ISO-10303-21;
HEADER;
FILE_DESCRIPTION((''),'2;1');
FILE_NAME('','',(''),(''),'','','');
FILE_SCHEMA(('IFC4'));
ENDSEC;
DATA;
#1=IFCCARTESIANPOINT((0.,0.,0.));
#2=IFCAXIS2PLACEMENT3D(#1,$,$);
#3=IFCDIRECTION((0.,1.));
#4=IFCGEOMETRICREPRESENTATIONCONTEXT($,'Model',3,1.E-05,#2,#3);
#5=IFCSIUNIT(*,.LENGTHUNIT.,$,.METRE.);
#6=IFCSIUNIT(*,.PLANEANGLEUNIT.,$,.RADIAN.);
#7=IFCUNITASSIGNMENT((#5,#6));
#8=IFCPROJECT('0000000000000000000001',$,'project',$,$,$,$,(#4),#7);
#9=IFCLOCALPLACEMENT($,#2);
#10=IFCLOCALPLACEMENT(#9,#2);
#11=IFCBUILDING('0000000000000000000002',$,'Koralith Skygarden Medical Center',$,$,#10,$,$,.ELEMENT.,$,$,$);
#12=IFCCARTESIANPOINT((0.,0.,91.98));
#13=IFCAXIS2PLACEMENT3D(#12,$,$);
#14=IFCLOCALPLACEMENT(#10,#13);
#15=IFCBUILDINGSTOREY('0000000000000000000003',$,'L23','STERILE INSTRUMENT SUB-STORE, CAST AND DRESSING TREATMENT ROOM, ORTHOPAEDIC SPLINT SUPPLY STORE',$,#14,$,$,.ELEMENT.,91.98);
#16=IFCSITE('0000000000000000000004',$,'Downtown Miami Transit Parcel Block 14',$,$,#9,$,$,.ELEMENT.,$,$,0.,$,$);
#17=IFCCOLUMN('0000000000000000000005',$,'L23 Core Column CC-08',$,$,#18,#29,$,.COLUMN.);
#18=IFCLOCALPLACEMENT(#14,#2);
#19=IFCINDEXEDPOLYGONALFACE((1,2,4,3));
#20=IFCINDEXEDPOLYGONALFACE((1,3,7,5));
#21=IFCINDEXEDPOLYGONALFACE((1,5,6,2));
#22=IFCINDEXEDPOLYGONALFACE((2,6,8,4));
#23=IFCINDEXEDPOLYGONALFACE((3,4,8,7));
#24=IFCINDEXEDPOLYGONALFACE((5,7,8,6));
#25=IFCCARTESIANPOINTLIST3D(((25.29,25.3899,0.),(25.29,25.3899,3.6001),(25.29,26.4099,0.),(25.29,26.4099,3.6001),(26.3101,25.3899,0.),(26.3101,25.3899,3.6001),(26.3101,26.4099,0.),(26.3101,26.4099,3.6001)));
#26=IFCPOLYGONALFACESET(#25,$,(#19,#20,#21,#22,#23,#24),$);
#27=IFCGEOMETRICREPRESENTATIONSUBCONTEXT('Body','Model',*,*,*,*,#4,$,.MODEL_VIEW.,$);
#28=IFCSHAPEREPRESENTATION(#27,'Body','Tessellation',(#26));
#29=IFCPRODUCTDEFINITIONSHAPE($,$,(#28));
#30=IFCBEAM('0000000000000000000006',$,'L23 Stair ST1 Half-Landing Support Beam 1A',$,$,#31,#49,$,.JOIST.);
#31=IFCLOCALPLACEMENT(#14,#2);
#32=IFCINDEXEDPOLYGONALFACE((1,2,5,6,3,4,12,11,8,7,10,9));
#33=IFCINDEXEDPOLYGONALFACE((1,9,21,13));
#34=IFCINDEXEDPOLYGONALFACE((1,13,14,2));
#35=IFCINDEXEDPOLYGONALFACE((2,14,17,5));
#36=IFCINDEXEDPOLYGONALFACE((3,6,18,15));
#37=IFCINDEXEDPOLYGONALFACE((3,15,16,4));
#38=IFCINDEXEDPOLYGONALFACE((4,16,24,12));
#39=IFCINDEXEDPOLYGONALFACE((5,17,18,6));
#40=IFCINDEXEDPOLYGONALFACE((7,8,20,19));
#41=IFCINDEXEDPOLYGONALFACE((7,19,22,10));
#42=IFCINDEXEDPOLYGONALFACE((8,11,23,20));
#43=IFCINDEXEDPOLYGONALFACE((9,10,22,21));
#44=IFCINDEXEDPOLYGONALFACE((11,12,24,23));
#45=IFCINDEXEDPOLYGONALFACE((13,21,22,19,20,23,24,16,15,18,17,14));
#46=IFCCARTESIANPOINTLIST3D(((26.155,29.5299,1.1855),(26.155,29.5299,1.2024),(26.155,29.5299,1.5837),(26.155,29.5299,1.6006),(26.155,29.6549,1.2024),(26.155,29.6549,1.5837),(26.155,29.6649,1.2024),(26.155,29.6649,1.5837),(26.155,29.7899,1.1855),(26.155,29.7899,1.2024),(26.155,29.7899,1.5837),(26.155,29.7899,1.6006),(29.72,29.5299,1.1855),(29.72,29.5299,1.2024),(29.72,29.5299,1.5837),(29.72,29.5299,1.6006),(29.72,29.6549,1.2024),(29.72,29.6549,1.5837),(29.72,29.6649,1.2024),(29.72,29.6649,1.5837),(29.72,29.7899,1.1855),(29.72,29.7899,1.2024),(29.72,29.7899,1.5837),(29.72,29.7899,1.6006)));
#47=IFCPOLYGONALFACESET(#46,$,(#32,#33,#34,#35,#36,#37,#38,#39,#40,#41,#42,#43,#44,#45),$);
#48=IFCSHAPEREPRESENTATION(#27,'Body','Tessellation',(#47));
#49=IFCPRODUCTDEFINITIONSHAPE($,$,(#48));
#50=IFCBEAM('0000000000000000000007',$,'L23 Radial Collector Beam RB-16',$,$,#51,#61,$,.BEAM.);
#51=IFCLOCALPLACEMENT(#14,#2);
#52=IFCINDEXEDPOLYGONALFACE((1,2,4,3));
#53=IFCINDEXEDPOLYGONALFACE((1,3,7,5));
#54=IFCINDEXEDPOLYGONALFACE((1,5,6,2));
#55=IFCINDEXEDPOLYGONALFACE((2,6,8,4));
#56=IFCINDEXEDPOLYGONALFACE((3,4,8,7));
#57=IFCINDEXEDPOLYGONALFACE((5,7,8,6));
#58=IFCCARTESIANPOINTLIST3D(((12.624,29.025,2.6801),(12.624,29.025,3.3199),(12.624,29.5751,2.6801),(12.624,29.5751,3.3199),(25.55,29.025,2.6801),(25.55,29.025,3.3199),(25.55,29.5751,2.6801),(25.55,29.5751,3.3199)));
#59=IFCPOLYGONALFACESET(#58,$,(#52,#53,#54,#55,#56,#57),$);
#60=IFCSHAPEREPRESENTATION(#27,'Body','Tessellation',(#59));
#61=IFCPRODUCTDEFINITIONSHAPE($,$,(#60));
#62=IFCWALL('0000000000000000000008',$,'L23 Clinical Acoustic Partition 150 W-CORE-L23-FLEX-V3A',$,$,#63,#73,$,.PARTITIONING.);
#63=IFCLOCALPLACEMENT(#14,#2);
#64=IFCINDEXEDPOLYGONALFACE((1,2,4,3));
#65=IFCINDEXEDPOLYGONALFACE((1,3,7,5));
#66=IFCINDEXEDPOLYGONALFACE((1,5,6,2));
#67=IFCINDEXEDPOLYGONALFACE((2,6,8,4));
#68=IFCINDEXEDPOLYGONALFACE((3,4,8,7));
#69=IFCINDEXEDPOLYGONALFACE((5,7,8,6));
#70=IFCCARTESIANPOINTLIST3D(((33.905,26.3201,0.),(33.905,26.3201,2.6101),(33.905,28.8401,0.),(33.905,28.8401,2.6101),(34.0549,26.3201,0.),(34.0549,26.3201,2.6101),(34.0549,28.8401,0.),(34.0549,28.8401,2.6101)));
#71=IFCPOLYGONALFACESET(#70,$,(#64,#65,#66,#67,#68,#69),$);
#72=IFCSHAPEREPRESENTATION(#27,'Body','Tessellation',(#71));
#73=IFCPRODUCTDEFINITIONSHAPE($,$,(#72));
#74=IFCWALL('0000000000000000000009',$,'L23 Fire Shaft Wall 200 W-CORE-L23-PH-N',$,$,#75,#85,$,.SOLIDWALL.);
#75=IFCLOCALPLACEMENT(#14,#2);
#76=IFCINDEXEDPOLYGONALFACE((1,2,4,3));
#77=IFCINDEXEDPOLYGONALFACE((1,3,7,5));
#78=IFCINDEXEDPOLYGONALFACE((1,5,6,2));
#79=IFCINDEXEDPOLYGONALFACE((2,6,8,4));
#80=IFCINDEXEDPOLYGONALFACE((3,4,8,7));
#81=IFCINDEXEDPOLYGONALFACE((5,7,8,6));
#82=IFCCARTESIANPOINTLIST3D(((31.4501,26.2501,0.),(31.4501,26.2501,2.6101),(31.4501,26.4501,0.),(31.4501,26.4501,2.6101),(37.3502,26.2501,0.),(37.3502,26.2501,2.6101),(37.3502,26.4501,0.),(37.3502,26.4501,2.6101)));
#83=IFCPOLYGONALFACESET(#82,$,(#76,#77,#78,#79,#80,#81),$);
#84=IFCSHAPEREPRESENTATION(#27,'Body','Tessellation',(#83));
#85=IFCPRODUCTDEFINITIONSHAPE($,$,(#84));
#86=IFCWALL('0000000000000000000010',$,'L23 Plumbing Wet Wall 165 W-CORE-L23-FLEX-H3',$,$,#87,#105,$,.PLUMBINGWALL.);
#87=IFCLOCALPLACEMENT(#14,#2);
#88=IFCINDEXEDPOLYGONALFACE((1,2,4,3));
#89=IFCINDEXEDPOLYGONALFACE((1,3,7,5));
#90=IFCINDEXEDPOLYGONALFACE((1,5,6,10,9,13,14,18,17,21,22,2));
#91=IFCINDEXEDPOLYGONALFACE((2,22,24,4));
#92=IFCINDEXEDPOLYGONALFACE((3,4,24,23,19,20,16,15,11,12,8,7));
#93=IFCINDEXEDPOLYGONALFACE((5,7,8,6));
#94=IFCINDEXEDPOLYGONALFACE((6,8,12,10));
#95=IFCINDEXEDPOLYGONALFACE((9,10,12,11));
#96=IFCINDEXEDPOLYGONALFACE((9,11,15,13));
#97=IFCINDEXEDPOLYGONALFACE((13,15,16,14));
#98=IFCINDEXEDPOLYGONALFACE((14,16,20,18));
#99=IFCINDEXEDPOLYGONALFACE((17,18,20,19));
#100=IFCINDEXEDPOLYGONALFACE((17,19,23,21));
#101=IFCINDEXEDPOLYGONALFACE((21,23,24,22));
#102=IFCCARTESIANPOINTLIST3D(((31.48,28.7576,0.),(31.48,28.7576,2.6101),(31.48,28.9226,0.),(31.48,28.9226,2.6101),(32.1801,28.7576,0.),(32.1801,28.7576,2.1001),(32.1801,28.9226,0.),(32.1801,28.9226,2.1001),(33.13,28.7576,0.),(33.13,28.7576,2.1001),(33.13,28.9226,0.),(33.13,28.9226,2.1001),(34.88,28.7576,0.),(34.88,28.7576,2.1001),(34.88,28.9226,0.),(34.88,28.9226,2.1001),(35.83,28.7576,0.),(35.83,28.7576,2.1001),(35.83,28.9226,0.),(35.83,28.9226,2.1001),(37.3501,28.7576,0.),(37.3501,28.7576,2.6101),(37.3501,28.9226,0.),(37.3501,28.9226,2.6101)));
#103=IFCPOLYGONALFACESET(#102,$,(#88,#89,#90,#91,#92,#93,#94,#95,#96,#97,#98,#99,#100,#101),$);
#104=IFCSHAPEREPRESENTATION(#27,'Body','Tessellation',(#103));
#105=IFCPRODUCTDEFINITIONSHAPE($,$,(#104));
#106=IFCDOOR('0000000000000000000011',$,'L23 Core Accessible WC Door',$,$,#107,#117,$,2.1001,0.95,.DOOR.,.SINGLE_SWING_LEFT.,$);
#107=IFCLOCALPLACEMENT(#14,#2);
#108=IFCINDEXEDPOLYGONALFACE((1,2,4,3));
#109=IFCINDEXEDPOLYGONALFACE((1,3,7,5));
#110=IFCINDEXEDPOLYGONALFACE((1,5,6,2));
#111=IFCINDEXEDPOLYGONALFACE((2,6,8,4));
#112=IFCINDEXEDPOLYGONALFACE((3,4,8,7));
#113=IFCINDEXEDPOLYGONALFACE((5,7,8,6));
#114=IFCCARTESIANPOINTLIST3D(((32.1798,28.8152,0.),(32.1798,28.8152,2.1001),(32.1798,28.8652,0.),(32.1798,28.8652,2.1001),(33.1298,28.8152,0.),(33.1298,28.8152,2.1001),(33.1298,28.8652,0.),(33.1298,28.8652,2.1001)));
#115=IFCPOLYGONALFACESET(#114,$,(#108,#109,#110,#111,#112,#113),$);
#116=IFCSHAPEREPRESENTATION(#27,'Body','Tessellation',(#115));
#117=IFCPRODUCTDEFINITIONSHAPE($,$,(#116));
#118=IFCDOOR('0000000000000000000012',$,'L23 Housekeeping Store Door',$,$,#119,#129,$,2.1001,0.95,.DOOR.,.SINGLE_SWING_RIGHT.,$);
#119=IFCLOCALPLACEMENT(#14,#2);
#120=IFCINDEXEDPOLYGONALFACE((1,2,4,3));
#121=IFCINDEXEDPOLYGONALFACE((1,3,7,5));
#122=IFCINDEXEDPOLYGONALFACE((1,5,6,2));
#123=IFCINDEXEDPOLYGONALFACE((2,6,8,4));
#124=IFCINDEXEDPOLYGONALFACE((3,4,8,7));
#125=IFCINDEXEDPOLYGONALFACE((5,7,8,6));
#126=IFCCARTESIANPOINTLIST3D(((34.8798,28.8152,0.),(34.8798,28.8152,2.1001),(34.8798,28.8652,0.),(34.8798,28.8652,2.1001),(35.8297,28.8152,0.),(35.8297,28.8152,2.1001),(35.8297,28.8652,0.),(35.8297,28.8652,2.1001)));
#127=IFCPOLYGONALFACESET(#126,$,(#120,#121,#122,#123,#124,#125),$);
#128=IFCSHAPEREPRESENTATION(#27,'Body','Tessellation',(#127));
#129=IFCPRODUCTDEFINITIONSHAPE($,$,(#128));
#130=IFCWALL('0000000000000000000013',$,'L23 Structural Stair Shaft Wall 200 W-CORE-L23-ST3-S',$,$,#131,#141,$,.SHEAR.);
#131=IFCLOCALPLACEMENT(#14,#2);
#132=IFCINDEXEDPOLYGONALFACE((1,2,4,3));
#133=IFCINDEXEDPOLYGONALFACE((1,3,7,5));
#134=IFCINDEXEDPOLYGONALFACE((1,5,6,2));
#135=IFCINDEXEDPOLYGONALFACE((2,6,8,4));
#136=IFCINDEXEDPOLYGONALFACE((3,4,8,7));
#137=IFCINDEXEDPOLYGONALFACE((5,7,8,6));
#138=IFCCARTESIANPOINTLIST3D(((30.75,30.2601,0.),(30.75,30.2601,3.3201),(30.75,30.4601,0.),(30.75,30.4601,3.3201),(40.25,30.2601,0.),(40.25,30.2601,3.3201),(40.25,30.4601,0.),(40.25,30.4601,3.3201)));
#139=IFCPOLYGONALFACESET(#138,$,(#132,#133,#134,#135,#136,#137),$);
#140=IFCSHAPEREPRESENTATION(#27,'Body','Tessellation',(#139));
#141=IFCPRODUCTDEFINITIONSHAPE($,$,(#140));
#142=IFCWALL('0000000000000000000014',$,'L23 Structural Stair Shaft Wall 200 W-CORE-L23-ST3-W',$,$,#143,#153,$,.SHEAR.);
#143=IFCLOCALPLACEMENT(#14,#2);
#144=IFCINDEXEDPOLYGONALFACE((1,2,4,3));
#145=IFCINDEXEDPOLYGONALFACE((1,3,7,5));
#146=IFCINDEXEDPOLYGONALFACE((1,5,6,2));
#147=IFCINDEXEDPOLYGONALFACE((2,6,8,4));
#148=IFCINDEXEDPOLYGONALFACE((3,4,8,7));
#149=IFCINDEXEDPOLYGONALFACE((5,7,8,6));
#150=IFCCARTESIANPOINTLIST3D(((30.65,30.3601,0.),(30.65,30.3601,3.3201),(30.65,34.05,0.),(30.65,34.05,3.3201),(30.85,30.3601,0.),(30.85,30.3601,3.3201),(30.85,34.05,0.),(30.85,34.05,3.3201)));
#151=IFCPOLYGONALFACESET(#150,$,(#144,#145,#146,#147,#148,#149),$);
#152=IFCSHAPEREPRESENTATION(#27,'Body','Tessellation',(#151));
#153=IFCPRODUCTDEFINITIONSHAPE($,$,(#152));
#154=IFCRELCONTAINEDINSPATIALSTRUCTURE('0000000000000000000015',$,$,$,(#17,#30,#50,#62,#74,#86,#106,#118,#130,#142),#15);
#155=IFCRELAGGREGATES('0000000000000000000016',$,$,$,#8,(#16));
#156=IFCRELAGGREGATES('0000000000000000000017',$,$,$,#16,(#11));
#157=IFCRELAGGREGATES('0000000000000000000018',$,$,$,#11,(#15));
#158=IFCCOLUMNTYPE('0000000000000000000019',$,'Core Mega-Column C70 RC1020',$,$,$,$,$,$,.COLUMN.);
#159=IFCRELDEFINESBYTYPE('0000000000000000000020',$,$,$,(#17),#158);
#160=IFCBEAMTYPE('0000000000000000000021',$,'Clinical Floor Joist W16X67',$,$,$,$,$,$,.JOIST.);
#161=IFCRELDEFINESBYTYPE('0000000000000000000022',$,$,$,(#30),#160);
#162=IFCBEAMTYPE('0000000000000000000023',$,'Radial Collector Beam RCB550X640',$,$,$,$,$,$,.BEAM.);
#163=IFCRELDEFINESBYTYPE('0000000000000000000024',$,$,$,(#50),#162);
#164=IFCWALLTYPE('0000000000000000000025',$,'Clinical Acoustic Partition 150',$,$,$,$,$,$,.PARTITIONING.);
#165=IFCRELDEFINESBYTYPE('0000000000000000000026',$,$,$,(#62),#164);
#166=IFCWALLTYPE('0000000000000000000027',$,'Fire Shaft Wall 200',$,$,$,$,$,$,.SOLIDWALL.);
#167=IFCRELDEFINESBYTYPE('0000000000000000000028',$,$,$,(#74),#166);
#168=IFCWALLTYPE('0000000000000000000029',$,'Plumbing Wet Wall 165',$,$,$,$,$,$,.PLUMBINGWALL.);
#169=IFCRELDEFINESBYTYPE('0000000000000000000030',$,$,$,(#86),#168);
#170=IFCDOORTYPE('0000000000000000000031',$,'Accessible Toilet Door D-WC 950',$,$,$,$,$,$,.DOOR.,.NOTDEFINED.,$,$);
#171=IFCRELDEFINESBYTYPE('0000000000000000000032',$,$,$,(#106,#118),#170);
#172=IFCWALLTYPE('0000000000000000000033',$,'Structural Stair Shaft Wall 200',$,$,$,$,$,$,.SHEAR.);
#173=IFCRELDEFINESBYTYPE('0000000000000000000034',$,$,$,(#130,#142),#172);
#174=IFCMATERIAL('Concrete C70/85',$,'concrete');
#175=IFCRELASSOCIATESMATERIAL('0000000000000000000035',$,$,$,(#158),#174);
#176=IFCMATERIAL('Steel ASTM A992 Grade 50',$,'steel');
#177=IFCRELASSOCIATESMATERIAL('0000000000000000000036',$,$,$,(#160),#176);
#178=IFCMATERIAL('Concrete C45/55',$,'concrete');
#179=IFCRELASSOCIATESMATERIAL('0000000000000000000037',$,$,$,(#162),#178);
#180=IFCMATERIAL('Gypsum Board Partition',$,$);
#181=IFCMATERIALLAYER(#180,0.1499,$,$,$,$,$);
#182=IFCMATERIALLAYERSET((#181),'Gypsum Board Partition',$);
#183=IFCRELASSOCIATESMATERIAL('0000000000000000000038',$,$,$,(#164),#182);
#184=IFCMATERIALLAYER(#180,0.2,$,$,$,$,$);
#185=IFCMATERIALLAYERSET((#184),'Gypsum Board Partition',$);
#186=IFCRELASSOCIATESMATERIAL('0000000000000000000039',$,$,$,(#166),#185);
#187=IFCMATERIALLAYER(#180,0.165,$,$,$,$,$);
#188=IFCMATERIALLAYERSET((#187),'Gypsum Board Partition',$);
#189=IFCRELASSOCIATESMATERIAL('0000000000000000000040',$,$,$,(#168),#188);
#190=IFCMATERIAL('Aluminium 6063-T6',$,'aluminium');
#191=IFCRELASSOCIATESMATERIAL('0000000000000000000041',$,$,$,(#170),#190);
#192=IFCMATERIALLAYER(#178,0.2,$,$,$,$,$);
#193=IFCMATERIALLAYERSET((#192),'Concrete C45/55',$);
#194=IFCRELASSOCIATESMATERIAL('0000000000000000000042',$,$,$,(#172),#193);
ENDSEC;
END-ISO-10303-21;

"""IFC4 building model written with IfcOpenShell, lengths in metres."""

from ifc_helpers import new_model, si_unit, direction, frame, frame_2d, origin, origin_2d, place, context, subcontext, project, spatial, rectangle, i_section, extrude, material, layer, layer_set, material_profile, profile_set, type_object, element, fill, save


model = new_model("IFC4")

# Units and contexts
model_context = context("Model", 3, precision=1e-05, world=origin(), true_north=direction((0.0, 1.0)))
body_context = subcontext(model_context, "Body", "Model", "MODEL_VIEW")
ifc_project = project(units=[si_unit("LENGTHUNIT", "METRE"), si_unit("PLANEANGLEUNIT", "RADIAN")], contexts=[model_context])

# Site, building, storey
site_placement = place(None, origin())
site = spatial("IfcSite", under=ifc_project, at=site_placement, Name="Downtown Miami Transit Parcel Block 14", CompositionType="ELEMENT", RefElevation=0.0)
building_placement = place(site_placement, origin())
building = spatial("IfcBuilding", under=site, at=building_placement, Name="Koralith Skygarden Medical Center", CompositionType="ELEMENT")
storey_placement = place(building_placement, frame((0.0, 0.0, 91.98)))
storey = spatial("IfcBuildingStorey", under=building, at=storey_placement, Name="L23", Description="STERILE INSTRUMENT SUB-STORE, CAST AND DRESSING TREATMENT ROOM, ORTHOPAEDIC SPLINT SUPPLY STORE", CompositionType="ELEMENT", Elevation=91.98)

# Column
ifc_material_1 = material(Name="Concrete C70/85", Category="concrete")
ifc_material_profile_1 = material_profile(ifc_material_1, rectangle(XDim=1.02, YDim=1.02, at=origin_2d()), Name="RC1020X1020")
ifc_profile_set_1 = profile_set([ifc_material_profile_1], Name="Concrete C70/85")
column_type = type_object("IfcColumnType", Name="Core Mega-Column C70 RC1020", PredefinedType="COLUMN", material=ifc_profile_set_1)
column_placement = place(storey_placement, frame((25.8, 25.8999, 0.0), z_axis=(0.0, 0.0, 1.0), x_axis=(1.0, 0.0, 0.0)))
element("IfcColumn", 1, at=column_placement, inside=storey, type_object=column_type, Name="L23 Core Column CC-08", PredefinedType="COLUMN", context=body_context, shape_type="SweptSolid", body=[
    extrude(rectangle(XDim=1.02, YDim=1.02, at=origin_2d()), origin(), (0.0, 0.0, 1.0), 3.6001),
])

# Beams
ifc_material_2 = material(Name="Steel ASTM A992 Grade 50", Category="steel")
ifc_material_profile_2 = material_profile(ifc_material_2, i_section(OverallWidth=0.26, OverallDepth=0.415, WebThickness=0.01, FlangeThickness=0.0168, at=origin_2d()), Name="W16X67")
ifc_profile_set_2 = profile_set([ifc_material_profile_2], Name="Steel ASTM A992 Grade 50")
beam_type_1 = type_object("IfcBeamType", Name="Clinical Floor Joist W16X67", PredefinedType="JOIST", material=ifc_profile_set_2)
beam_1_placement = place(storey_placement, frame((26.155, 29.6599, 1.3931), z_axis=(1.0, 0.0, 0.0), x_axis=(0.0, 1.0, 0.0)))
element("IfcBeam", 2, at=beam_1_placement, inside=storey, type_object=beam_type_1, Name="L23 Stair ST1 Half-Landing Support Beam 1A", PredefinedType="JOIST", context=body_context, shape_type="SweptSolid", body=[
    extrude(i_section(OverallWidth=0.26, OverallDepth=0.415, WebThickness=0.01, FlangeThickness=0.0168, at=origin_2d()), origin(), (0.0, 0.0, 1.0), 3.5649),
])
ifc_material_3 = material(Name="Concrete C45/55", Category="concrete")
ifc_material_profile_3 = material_profile(ifc_material_3, rectangle(XDim=0.55, YDim=0.6399, at=origin_2d()), Name="RCB550X640")
ifc_profile_set_3 = profile_set([ifc_material_profile_3], Name="Concrete C45/55")
beam_type_2 = type_object("IfcBeamType", Name="Radial Collector Beam RCB550X640", PredefinedType="BEAM", material=ifc_profile_set_3)
beam_2_placement = place(storey_placement, frame((25.55, 29.3, 3.0), z_axis=(-1.0, 0.0, 0.0), x_axis=(0.0, -1.0, 0.0)))
element("IfcBeam", 3, at=beam_2_placement, inside=storey, type_object=beam_type_2, Name="L23 Radial Collector Beam RB-16", PredefinedType="BEAM", context=body_context, shape_type="SweptSolid", body=[
    extrude(rectangle(XDim=0.55, YDim=0.6399, at=origin_2d()), origin(), (0.0, 0.0, 1.0), 12.926),
])

# Walls
ifc_material_4 = material(Name="Gypsum Board Partition")
ifc_layer_1 = layer(ifc_material_4, 0.1499)
ifc_layer_set_1 = layer_set([ifc_layer_1], Name="Gypsum Board Partition")
wall_type_1 = type_object("IfcWallType", Name="Clinical Acoustic Partition 150", PredefinedType="PARTITIONING", material=ifc_layer_set_1)
wall_1_placement = place(storey_placement, frame((33.98, 26.3201, 0.0), z_axis=(0.0, 0.0, 1.0), x_axis=(0.0, 1.0, 0.0)))
element("IfcWall", 4, at=wall_1_placement, inside=storey, type_object=wall_type_1, Name="L23 Clinical Acoustic Partition 150 W-CORE-L23-FLEX-V3A", PredefinedType="PARTITIONING", context=body_context, shape_type="SweptSolid", body=[
    extrude(rectangle(XDim=2.52, YDim=0.1499, at=frame_2d((1.26, 0.0))), origin(), (0.0, 0.0, 1.0), 2.6101),
])
ifc_layer_2 = layer(ifc_material_4, 0.2)
ifc_layer_set_2 = layer_set([ifc_layer_2], Name="Gypsum Board Partition")
wall_type_2 = type_object("IfcWallType", Name="Fire Shaft Wall 200", PredefinedType="SOLIDWALL", material=ifc_layer_set_2)
wall_2_placement = place(storey_placement, frame((31.45, 26.3501, 0.0), z_axis=(0.0, 0.0, 1.0), x_axis=(1.0, 0.0, 0.0)))
element("IfcWall", 5, at=wall_2_placement, inside=storey, type_object=wall_type_2, Name="L23 Fire Shaft Wall 200 W-CORE-L23-PH-N", PredefinedType="SOLIDWALL", context=body_context, shape_type="SweptSolid", body=[
    extrude(rectangle(XDim=5.9001, YDim=0.2, at=frame_2d((2.9502, 0.0))), origin(), (0.0, 0.0, 1.0), 2.6101),
])

# Shared definitions
ifc_layer_3 = layer(ifc_material_4, 0.165)
ifc_layer_set_3 = layer_set([ifc_layer_3], Name="Gypsum Board Partition")
wall_type_3 = type_object("IfcWallType", Name="Plumbing Wet Wall 165", PredefinedType="PLUMBINGWALL", material=ifc_layer_set_3)
ifc_material_5 = material(Name="Aluminium 6063-T6", Category="aluminium")

# Wall, openings, doors
wall_3_placement = place(storey_placement, frame((31.48, 28.8401, 0.0), z_axis=(0.0, 0.0, 1.0), x_axis=(1.0, 0.0, 0.0)))
wall_3 = element("IfcWall", 6, at=wall_3_placement, inside=storey, type_object=wall_type_3, Name="L23 Plumbing Wet Wall 165 W-CORE-L23-FLEX-H3", PredefinedType="PLUMBINGWALL", context=body_context, shape_type="SweptSolid", body=[
    extrude(rectangle(XDim=5.8701, YDim=0.165, at=frame_2d((2.9351, 0.0))), origin(), (0.0, 0.0, 1.0), 2.6101),
])
opening_1_placement = place(wall_3_placement, frame((0.7, 0.0, 0.0)))
opening_1 = element("IfcOpeningElement", 7, at=opening_1_placement, cuts=wall_3, PredefinedType="OPENING", context=body_context, shape_type="SweptSolid", body=[
    extrude(rectangle(XDim=0.95, YDim=2.1001, at=frame_2d((0.4751, 1.05))), frame((0.0, 0.0925, 0.0), z_axis=(0.0, -1.0, 0.0), x_axis=(1.0, 0.0, 0.0)), (0.0, 0.0, 1.0), 0.1851),
])
opening_2_placement = place(wall_3_placement, frame((3.3999, 0.0, 0.0)))
opening_2 = element("IfcOpeningElement", 8, at=opening_2_placement, cuts=wall_3, PredefinedType="OPENING", context=body_context, shape_type="SweptSolid", body=[
    extrude(rectangle(XDim=0.95, YDim=2.1001, at=frame_2d((0.4751, 1.05))), frame((0.0, 0.0925, 0.0), z_axis=(0.0, -1.0, 0.0), x_axis=(1.0, 0.0, 0.0)), (0.0, 0.0, 1.0), 0.1851),
])
door_type_1 = type_object("IfcDoorType", Name="Accessible Toilet Door D-WC 950", OperationType="NOTDEFINED", PredefinedType="DOOR", material=ifc_material_5)
door_1_placement = place(opening_1_placement, frame((0.95, 0.0, 0.0), z_axis=(0.0, 0.0, 1.0), x_axis=(-1.0, 0.0, 0.0)))
door_1 = element("IfcDoor", 9, at=door_1_placement, inside=storey, type_object=door_type_1, Name="L23 Core Accessible WC Door", OperationType="SINGLE_SWING_LEFT", OverallHeight=2.1001, OverallWidth=0.95, PredefinedType="DOOR", context=body_context, shape_type="SweptSolid", body=[
    extrude(rectangle(XDim=0.95, YDim=2.1001, at=frame_2d((0.4751, 1.05))), frame((0.0, 0.0249, 0.0), z_axis=(0.0, -1.0, 0.0), x_axis=(1.0, 0.0, 0.0)), (0.0, 0.0, 1.0), 0.05),
])
fill(opening_1, door_1)
door_2_placement = place(opening_2_placement, frame((0.95, 0.0, 0.0), z_axis=(0.0, 0.0, 1.0), x_axis=(-1.0, 0.0, 0.0)))
door_2 = element("IfcDoor", 10, at=door_2_placement, inside=storey, type_object=door_type_1, Name="L23 Housekeeping Store Door", OperationType="SINGLE_SWING_RIGHT", OverallHeight=2.1001, OverallWidth=0.95, PredefinedType="DOOR", context=body_context, shape_type="SweptSolid", body=[
    extrude(rectangle(XDim=0.95, YDim=2.1001, at=frame_2d((0.4751, 1.05))), frame((0.0, 0.0249, 0.0), z_axis=(0.0, -1.0, 0.0), x_axis=(1.0, 0.0, 0.0)), (0.0, 0.0, 1.0), 0.05),
])
fill(opening_2, door_2)

# Walls
ifc_layer_4 = layer(ifc_material_3, 0.2)
ifc_layer_set_4 = layer_set([ifc_layer_4], Name="Concrete C45/55")
wall_type_4 = type_object("IfcWallType", Name="Structural Stair Shaft Wall 200", PredefinedType="SHEAR", material=ifc_layer_set_4)
wall_4_placement = place(storey_placement, frame((30.75, 30.3601, 0.0), z_axis=(0.0, 0.0, 1.0), x_axis=(1.0, 0.0, 0.0)))
element("IfcWall", 11, at=wall_4_placement, inside=storey, type_object=wall_type_4, Name="L23 Structural Stair Shaft Wall 200 W-CORE-L23-ST3-S", PredefinedType="SHEAR", context=body_context, shape_type="SweptSolid", body=[
    extrude(rectangle(XDim=9.5, YDim=0.2, at=frame_2d((4.75, 0.0))), origin(), (0.0, 0.0, 1.0), 3.3201),
])
wall_5_placement = place(storey_placement, frame((30.75, 30.3601, 0.0), z_axis=(0.0, 0.0, 1.0), x_axis=(0.0, 1.0, 0.0)))
element("IfcWall", 12, at=wall_5_placement, inside=storey, type_object=wall_type_4, Name="L23 Structural Stair Shaft Wall 200 W-CORE-L23-ST3-W", PredefinedType="SHEAR", context=body_context, shape_type="SweptSolid", body=[
    extrude(rectangle(XDim=3.6899, YDim=0.2, at=frame_2d((1.845, 0.0))), origin(), (0.0, 0.0, 1.0), 3.3201),
])

save(model, "model.ifc")
